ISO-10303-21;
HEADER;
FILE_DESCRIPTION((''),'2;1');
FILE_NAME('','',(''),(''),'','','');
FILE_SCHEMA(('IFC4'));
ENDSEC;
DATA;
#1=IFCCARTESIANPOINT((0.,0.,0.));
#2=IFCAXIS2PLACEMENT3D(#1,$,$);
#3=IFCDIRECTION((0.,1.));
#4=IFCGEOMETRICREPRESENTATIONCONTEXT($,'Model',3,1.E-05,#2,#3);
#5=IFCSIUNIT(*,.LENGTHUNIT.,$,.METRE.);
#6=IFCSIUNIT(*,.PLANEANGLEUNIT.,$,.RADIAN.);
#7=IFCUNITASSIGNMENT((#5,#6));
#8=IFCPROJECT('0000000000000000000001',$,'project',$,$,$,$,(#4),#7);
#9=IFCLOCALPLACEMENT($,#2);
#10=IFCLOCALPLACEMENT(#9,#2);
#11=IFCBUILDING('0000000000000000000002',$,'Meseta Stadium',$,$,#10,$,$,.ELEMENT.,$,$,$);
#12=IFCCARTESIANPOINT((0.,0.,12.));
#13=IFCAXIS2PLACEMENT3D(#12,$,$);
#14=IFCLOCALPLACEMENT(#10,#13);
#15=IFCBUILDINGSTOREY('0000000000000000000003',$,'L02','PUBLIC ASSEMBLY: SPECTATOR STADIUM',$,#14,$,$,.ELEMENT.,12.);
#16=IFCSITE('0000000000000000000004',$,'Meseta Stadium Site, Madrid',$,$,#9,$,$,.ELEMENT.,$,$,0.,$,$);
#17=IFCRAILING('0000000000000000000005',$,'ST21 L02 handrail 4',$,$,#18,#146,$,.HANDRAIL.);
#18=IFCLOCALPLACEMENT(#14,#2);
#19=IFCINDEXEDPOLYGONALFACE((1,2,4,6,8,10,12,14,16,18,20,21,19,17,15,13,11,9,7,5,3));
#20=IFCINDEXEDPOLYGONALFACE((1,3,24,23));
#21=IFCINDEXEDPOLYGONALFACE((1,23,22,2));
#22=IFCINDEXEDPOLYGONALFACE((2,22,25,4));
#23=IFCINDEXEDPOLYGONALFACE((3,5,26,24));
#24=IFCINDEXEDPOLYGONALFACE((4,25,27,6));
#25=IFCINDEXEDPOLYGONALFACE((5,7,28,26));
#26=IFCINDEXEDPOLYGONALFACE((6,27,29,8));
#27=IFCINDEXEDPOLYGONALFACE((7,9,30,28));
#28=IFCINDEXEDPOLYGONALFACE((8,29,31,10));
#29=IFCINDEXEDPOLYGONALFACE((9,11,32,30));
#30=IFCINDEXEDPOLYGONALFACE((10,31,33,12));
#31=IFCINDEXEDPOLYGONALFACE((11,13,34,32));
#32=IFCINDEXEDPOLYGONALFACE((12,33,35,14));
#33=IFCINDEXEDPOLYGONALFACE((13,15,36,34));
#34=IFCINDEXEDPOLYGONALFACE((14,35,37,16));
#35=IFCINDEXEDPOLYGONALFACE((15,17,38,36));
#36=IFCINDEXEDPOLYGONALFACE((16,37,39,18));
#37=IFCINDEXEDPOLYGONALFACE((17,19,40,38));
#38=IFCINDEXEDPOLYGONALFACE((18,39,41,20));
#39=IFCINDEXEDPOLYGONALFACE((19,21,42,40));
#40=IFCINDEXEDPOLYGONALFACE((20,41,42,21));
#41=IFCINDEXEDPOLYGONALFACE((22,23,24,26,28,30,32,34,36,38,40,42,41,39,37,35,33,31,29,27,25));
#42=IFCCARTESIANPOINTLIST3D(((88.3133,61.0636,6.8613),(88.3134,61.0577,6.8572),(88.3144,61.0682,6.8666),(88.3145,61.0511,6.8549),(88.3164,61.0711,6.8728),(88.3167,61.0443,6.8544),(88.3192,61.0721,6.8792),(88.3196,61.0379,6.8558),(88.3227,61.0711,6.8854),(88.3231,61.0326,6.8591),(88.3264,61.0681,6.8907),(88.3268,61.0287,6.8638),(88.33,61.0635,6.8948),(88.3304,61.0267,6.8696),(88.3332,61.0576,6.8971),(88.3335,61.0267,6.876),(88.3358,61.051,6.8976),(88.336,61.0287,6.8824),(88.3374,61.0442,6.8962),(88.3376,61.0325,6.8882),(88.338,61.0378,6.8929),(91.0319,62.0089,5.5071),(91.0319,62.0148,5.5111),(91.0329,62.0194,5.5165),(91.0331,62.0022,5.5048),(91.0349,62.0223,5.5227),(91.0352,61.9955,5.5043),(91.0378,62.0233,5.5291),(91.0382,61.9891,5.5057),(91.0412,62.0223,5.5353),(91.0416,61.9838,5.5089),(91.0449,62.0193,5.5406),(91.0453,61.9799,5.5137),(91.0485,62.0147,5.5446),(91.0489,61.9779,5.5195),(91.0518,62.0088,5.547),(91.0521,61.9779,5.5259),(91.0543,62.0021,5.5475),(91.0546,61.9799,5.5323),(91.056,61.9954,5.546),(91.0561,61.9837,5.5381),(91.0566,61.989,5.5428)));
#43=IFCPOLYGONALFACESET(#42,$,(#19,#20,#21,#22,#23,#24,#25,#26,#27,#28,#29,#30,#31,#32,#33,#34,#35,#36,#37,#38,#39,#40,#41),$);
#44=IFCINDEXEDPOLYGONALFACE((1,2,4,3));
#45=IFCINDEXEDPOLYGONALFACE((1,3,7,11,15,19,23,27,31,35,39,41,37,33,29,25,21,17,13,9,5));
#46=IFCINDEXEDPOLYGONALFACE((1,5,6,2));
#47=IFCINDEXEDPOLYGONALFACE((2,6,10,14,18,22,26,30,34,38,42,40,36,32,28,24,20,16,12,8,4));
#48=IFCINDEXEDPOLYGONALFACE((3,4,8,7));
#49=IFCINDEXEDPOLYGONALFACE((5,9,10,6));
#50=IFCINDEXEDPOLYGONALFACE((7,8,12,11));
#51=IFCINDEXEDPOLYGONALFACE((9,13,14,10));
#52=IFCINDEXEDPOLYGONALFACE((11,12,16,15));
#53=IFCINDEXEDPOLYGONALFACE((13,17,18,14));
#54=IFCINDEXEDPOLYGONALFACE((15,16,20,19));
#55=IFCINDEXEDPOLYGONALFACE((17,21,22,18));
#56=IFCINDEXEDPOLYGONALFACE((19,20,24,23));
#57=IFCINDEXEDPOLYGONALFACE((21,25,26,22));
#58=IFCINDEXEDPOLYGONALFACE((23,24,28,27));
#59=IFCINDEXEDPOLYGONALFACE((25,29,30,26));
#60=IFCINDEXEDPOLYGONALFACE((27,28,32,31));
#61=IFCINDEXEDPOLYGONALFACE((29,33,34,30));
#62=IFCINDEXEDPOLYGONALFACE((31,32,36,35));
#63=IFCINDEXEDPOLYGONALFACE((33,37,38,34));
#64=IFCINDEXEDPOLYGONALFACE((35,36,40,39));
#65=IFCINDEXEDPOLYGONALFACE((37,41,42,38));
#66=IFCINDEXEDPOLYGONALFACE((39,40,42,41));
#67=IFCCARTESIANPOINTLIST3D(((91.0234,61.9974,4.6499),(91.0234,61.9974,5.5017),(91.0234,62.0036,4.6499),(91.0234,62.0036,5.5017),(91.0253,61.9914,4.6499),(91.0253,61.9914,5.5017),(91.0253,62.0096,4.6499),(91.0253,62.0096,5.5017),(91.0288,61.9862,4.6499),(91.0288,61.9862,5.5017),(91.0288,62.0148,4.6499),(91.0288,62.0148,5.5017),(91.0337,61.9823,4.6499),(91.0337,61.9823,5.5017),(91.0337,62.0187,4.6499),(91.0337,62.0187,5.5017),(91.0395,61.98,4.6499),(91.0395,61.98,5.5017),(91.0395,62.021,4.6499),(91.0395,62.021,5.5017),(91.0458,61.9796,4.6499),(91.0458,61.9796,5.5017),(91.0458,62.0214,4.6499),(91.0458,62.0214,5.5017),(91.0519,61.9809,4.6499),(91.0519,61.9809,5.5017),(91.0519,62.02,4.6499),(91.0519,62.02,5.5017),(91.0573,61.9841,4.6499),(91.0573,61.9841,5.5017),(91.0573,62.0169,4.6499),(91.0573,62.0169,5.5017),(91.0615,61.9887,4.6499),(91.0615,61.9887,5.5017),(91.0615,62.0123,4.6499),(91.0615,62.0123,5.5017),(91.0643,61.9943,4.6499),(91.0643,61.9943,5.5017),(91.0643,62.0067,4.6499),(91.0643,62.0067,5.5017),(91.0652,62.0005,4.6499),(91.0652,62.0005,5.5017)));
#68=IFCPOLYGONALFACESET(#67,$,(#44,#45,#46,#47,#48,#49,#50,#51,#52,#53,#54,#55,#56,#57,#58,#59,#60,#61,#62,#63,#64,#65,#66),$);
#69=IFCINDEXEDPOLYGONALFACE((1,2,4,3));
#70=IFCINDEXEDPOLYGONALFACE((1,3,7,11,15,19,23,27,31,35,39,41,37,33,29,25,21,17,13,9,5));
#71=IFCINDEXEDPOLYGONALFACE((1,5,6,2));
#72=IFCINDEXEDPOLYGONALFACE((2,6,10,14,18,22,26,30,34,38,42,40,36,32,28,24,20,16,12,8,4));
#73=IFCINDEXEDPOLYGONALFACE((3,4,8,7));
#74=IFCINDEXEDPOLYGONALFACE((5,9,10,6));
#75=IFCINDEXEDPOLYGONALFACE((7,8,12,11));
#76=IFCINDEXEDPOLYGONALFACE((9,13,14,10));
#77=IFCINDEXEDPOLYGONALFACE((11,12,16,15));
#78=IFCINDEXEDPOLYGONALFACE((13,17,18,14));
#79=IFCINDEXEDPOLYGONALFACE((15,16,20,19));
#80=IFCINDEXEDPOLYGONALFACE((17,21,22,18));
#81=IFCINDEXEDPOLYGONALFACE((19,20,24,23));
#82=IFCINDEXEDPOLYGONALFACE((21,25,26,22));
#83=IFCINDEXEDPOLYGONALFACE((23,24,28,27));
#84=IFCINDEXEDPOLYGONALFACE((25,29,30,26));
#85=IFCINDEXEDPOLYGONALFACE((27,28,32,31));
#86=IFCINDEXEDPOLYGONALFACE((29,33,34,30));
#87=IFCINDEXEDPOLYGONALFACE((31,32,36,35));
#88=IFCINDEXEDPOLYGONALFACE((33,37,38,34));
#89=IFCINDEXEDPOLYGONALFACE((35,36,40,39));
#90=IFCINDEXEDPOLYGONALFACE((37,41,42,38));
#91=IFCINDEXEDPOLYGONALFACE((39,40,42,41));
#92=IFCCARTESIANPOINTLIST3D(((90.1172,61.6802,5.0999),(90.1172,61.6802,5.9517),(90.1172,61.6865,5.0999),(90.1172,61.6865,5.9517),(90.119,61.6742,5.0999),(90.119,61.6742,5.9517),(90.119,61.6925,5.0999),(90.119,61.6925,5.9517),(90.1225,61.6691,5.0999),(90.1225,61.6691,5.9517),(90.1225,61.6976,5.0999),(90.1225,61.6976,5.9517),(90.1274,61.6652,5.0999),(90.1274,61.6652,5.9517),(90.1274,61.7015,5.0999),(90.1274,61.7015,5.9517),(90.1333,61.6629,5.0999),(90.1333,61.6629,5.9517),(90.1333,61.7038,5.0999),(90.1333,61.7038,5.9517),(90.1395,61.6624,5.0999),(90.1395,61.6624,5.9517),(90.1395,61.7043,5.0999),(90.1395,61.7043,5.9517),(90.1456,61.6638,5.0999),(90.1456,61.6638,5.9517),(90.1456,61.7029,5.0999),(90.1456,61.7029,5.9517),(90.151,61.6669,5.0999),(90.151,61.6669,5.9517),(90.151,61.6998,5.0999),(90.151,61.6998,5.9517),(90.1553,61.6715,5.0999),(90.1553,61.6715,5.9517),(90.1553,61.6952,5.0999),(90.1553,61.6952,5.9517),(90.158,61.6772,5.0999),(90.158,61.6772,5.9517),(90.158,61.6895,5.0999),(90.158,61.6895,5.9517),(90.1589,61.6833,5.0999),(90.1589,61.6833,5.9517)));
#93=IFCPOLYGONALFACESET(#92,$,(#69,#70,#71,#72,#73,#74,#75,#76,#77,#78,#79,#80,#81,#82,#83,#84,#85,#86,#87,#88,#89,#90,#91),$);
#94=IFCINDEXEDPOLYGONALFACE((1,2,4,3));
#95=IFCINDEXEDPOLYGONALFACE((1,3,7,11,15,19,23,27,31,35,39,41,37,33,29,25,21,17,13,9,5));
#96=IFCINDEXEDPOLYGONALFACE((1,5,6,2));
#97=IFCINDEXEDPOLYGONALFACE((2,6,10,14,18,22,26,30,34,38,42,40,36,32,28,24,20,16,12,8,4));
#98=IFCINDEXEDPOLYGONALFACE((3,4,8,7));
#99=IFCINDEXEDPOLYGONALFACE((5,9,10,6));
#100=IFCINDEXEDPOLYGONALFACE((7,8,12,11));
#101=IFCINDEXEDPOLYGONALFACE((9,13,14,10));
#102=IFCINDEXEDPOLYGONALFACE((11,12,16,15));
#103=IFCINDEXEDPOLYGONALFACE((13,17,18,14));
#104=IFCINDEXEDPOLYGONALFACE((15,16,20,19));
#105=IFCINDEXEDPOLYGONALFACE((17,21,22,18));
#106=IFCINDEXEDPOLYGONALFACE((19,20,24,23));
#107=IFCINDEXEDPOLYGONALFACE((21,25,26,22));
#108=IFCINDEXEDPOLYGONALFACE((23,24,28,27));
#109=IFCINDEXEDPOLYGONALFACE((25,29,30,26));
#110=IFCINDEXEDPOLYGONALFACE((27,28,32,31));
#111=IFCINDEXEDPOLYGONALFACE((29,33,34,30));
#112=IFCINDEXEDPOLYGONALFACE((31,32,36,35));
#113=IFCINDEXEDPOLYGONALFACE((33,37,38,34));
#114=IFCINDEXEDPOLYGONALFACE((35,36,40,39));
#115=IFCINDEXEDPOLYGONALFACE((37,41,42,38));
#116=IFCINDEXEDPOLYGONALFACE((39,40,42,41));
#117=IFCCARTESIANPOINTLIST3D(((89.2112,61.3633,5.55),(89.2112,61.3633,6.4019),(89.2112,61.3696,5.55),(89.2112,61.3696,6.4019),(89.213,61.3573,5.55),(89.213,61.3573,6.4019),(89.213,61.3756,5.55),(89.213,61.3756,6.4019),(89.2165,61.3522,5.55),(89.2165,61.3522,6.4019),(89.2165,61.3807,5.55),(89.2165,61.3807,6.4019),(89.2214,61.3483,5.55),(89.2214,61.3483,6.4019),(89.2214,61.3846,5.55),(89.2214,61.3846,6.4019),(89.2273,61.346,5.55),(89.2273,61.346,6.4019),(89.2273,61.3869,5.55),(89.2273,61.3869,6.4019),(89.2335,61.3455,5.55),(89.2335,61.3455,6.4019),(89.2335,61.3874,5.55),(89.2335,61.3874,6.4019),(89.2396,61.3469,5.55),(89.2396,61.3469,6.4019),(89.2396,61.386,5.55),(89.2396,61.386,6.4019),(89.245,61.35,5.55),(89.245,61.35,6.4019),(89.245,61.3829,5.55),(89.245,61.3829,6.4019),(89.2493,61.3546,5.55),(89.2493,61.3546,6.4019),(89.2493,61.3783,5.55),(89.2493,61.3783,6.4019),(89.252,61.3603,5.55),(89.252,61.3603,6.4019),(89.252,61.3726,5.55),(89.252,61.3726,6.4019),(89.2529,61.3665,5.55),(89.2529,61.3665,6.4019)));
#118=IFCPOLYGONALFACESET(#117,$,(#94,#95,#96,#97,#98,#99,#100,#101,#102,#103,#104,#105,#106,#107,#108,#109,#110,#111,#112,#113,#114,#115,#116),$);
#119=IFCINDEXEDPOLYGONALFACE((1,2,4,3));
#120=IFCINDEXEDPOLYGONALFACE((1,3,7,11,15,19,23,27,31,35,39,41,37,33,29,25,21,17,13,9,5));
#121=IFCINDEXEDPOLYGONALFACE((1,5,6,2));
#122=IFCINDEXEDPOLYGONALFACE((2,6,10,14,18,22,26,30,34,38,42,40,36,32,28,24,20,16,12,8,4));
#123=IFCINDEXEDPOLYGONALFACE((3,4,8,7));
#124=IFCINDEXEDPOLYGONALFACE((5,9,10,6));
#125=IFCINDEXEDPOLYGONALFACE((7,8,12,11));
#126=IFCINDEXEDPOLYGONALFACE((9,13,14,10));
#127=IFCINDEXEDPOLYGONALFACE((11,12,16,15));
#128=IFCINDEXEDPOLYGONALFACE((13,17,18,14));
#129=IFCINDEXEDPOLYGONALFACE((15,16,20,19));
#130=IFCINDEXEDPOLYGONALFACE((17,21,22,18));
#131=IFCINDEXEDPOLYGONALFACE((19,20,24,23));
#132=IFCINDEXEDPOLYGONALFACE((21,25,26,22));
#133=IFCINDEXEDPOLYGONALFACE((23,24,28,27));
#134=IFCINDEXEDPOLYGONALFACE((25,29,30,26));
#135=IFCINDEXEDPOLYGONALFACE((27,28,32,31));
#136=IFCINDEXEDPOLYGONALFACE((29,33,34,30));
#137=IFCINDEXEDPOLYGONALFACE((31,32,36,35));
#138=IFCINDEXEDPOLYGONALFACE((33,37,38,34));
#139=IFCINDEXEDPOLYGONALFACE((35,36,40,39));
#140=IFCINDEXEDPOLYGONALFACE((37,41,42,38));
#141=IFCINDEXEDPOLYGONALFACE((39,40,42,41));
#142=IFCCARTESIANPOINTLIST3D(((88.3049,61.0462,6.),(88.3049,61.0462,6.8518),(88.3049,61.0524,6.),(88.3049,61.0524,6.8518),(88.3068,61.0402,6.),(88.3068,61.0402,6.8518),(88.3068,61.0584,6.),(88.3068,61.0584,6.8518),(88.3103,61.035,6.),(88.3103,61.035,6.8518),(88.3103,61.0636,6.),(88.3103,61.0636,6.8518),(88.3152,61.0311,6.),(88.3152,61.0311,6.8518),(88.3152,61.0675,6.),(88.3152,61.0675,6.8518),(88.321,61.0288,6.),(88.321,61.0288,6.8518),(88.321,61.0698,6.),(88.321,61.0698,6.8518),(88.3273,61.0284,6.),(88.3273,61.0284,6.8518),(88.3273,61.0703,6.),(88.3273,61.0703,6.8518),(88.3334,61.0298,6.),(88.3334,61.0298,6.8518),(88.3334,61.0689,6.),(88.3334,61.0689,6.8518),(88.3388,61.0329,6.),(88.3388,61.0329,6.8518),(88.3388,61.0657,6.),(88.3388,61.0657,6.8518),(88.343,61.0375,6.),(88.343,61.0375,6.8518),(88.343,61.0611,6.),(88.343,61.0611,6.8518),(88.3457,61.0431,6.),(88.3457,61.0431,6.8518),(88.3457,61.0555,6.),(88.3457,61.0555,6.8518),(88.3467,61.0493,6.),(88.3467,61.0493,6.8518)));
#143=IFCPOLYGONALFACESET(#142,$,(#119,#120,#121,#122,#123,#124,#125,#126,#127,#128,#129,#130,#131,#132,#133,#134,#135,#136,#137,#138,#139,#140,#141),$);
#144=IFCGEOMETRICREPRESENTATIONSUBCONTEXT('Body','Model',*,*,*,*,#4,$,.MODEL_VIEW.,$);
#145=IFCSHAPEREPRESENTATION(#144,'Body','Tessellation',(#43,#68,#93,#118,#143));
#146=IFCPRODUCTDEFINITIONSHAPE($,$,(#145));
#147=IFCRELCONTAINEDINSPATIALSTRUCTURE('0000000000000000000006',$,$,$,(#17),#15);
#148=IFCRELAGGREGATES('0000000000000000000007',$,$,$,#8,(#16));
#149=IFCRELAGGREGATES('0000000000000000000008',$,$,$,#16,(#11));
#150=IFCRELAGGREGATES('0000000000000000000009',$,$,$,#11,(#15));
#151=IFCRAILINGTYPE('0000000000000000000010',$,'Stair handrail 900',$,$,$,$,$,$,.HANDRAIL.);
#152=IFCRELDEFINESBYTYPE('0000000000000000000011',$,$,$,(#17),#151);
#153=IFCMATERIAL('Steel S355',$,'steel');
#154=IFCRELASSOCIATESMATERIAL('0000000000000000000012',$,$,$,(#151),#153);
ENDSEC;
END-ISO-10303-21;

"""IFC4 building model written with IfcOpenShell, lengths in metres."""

from ifc_helpers import new_model, si_unit, direction, frame, origin, origin_2d, place, context, subcontext, project, spatial, circle, extrude, material, type_object, element, save


model = new_model("IFC4")

# Units and contexts
model_context = context("Model", 3, precision=1e-05, world=origin(), true_north=direction((0.0, 1.0)))
body_context = subcontext(model_context, "Body", "Model", "MODEL_VIEW")
ifc_project = project(units=[si_unit("LENGTHUNIT", "METRE"), si_unit("PLANEANGLEUNIT", "RADIAN")], contexts=[model_context])

# Site, building, storey
site_placement = place(None, origin())
site = spatial("IfcSite", under=ifc_project, at=site_placement, Name="Meseta Stadium Site, Madrid", CompositionType="ELEMENT", RefElevation=0.0)
building_placement = place(site_placement, origin())
building = spatial("IfcBuilding", under=site, at=building_placement, Name="Meseta Stadium", CompositionType="ELEMENT")
storey_placement = place(building_placement, frame((0.0, 0.0, 12.0)))
storey = spatial("IfcBuildingStorey", under=building, at=storey_placement, Name="L02", Description="PUBLIC ASSEMBLY: SPECTATOR STADIUM", CompositionType="ELEMENT", Elevation=12.0)

# Railing
ifc_material_1 = material(Name="Steel S355", Category="steel")
railing_type_1 = type_object("IfcRailingType", Name="Stair handrail 900", PredefinedType="HANDRAIL", material=ifc_material_1)
railing_1_placement = place(storey_placement, frame((91.0442, 62.0005, 4.6499)))
element("IfcRailing", 1, at=railing_1_placement, inside=storey, type_object=railing_type_1, Name="ST21 L02 handrail 4", PredefinedType="HANDRAIL", context=body_context, shape_type="SweptSolid", body=[
    extrude(circle(Radius=0.0239, at=origin_2d()), frame((0.0, 0.0, 0.876), z_axis=(-0.854649, -0.299031, 0.424446), x_axis=(0.330256, -0.943891, 0.0)), (0.0, 0.0, 1.0), 3.1809),
    extrude(circle(Radius=0.021, at=origin_2d()), origin(), (0.0, 0.0, 1.0), 0.8518),
    extrude(circle(Radius=0.021, at=origin_2d()), frame((-0.9062, -0.3171, 0.45)), (0.0, 0.0, 1.0), 0.8518),
    extrude(circle(Radius=0.021, at=origin_2d()), frame((-1.8123, -0.634, 0.9001)), (0.0, 0.0, 1.0), 0.8518),
    extrude(circle(Radius=0.021, at=origin_2d()), frame((-2.7185, -0.9512, 1.3501)), (0.0, 0.0, 1.0), 0.8518),
])

save(model, "model.ifc")
